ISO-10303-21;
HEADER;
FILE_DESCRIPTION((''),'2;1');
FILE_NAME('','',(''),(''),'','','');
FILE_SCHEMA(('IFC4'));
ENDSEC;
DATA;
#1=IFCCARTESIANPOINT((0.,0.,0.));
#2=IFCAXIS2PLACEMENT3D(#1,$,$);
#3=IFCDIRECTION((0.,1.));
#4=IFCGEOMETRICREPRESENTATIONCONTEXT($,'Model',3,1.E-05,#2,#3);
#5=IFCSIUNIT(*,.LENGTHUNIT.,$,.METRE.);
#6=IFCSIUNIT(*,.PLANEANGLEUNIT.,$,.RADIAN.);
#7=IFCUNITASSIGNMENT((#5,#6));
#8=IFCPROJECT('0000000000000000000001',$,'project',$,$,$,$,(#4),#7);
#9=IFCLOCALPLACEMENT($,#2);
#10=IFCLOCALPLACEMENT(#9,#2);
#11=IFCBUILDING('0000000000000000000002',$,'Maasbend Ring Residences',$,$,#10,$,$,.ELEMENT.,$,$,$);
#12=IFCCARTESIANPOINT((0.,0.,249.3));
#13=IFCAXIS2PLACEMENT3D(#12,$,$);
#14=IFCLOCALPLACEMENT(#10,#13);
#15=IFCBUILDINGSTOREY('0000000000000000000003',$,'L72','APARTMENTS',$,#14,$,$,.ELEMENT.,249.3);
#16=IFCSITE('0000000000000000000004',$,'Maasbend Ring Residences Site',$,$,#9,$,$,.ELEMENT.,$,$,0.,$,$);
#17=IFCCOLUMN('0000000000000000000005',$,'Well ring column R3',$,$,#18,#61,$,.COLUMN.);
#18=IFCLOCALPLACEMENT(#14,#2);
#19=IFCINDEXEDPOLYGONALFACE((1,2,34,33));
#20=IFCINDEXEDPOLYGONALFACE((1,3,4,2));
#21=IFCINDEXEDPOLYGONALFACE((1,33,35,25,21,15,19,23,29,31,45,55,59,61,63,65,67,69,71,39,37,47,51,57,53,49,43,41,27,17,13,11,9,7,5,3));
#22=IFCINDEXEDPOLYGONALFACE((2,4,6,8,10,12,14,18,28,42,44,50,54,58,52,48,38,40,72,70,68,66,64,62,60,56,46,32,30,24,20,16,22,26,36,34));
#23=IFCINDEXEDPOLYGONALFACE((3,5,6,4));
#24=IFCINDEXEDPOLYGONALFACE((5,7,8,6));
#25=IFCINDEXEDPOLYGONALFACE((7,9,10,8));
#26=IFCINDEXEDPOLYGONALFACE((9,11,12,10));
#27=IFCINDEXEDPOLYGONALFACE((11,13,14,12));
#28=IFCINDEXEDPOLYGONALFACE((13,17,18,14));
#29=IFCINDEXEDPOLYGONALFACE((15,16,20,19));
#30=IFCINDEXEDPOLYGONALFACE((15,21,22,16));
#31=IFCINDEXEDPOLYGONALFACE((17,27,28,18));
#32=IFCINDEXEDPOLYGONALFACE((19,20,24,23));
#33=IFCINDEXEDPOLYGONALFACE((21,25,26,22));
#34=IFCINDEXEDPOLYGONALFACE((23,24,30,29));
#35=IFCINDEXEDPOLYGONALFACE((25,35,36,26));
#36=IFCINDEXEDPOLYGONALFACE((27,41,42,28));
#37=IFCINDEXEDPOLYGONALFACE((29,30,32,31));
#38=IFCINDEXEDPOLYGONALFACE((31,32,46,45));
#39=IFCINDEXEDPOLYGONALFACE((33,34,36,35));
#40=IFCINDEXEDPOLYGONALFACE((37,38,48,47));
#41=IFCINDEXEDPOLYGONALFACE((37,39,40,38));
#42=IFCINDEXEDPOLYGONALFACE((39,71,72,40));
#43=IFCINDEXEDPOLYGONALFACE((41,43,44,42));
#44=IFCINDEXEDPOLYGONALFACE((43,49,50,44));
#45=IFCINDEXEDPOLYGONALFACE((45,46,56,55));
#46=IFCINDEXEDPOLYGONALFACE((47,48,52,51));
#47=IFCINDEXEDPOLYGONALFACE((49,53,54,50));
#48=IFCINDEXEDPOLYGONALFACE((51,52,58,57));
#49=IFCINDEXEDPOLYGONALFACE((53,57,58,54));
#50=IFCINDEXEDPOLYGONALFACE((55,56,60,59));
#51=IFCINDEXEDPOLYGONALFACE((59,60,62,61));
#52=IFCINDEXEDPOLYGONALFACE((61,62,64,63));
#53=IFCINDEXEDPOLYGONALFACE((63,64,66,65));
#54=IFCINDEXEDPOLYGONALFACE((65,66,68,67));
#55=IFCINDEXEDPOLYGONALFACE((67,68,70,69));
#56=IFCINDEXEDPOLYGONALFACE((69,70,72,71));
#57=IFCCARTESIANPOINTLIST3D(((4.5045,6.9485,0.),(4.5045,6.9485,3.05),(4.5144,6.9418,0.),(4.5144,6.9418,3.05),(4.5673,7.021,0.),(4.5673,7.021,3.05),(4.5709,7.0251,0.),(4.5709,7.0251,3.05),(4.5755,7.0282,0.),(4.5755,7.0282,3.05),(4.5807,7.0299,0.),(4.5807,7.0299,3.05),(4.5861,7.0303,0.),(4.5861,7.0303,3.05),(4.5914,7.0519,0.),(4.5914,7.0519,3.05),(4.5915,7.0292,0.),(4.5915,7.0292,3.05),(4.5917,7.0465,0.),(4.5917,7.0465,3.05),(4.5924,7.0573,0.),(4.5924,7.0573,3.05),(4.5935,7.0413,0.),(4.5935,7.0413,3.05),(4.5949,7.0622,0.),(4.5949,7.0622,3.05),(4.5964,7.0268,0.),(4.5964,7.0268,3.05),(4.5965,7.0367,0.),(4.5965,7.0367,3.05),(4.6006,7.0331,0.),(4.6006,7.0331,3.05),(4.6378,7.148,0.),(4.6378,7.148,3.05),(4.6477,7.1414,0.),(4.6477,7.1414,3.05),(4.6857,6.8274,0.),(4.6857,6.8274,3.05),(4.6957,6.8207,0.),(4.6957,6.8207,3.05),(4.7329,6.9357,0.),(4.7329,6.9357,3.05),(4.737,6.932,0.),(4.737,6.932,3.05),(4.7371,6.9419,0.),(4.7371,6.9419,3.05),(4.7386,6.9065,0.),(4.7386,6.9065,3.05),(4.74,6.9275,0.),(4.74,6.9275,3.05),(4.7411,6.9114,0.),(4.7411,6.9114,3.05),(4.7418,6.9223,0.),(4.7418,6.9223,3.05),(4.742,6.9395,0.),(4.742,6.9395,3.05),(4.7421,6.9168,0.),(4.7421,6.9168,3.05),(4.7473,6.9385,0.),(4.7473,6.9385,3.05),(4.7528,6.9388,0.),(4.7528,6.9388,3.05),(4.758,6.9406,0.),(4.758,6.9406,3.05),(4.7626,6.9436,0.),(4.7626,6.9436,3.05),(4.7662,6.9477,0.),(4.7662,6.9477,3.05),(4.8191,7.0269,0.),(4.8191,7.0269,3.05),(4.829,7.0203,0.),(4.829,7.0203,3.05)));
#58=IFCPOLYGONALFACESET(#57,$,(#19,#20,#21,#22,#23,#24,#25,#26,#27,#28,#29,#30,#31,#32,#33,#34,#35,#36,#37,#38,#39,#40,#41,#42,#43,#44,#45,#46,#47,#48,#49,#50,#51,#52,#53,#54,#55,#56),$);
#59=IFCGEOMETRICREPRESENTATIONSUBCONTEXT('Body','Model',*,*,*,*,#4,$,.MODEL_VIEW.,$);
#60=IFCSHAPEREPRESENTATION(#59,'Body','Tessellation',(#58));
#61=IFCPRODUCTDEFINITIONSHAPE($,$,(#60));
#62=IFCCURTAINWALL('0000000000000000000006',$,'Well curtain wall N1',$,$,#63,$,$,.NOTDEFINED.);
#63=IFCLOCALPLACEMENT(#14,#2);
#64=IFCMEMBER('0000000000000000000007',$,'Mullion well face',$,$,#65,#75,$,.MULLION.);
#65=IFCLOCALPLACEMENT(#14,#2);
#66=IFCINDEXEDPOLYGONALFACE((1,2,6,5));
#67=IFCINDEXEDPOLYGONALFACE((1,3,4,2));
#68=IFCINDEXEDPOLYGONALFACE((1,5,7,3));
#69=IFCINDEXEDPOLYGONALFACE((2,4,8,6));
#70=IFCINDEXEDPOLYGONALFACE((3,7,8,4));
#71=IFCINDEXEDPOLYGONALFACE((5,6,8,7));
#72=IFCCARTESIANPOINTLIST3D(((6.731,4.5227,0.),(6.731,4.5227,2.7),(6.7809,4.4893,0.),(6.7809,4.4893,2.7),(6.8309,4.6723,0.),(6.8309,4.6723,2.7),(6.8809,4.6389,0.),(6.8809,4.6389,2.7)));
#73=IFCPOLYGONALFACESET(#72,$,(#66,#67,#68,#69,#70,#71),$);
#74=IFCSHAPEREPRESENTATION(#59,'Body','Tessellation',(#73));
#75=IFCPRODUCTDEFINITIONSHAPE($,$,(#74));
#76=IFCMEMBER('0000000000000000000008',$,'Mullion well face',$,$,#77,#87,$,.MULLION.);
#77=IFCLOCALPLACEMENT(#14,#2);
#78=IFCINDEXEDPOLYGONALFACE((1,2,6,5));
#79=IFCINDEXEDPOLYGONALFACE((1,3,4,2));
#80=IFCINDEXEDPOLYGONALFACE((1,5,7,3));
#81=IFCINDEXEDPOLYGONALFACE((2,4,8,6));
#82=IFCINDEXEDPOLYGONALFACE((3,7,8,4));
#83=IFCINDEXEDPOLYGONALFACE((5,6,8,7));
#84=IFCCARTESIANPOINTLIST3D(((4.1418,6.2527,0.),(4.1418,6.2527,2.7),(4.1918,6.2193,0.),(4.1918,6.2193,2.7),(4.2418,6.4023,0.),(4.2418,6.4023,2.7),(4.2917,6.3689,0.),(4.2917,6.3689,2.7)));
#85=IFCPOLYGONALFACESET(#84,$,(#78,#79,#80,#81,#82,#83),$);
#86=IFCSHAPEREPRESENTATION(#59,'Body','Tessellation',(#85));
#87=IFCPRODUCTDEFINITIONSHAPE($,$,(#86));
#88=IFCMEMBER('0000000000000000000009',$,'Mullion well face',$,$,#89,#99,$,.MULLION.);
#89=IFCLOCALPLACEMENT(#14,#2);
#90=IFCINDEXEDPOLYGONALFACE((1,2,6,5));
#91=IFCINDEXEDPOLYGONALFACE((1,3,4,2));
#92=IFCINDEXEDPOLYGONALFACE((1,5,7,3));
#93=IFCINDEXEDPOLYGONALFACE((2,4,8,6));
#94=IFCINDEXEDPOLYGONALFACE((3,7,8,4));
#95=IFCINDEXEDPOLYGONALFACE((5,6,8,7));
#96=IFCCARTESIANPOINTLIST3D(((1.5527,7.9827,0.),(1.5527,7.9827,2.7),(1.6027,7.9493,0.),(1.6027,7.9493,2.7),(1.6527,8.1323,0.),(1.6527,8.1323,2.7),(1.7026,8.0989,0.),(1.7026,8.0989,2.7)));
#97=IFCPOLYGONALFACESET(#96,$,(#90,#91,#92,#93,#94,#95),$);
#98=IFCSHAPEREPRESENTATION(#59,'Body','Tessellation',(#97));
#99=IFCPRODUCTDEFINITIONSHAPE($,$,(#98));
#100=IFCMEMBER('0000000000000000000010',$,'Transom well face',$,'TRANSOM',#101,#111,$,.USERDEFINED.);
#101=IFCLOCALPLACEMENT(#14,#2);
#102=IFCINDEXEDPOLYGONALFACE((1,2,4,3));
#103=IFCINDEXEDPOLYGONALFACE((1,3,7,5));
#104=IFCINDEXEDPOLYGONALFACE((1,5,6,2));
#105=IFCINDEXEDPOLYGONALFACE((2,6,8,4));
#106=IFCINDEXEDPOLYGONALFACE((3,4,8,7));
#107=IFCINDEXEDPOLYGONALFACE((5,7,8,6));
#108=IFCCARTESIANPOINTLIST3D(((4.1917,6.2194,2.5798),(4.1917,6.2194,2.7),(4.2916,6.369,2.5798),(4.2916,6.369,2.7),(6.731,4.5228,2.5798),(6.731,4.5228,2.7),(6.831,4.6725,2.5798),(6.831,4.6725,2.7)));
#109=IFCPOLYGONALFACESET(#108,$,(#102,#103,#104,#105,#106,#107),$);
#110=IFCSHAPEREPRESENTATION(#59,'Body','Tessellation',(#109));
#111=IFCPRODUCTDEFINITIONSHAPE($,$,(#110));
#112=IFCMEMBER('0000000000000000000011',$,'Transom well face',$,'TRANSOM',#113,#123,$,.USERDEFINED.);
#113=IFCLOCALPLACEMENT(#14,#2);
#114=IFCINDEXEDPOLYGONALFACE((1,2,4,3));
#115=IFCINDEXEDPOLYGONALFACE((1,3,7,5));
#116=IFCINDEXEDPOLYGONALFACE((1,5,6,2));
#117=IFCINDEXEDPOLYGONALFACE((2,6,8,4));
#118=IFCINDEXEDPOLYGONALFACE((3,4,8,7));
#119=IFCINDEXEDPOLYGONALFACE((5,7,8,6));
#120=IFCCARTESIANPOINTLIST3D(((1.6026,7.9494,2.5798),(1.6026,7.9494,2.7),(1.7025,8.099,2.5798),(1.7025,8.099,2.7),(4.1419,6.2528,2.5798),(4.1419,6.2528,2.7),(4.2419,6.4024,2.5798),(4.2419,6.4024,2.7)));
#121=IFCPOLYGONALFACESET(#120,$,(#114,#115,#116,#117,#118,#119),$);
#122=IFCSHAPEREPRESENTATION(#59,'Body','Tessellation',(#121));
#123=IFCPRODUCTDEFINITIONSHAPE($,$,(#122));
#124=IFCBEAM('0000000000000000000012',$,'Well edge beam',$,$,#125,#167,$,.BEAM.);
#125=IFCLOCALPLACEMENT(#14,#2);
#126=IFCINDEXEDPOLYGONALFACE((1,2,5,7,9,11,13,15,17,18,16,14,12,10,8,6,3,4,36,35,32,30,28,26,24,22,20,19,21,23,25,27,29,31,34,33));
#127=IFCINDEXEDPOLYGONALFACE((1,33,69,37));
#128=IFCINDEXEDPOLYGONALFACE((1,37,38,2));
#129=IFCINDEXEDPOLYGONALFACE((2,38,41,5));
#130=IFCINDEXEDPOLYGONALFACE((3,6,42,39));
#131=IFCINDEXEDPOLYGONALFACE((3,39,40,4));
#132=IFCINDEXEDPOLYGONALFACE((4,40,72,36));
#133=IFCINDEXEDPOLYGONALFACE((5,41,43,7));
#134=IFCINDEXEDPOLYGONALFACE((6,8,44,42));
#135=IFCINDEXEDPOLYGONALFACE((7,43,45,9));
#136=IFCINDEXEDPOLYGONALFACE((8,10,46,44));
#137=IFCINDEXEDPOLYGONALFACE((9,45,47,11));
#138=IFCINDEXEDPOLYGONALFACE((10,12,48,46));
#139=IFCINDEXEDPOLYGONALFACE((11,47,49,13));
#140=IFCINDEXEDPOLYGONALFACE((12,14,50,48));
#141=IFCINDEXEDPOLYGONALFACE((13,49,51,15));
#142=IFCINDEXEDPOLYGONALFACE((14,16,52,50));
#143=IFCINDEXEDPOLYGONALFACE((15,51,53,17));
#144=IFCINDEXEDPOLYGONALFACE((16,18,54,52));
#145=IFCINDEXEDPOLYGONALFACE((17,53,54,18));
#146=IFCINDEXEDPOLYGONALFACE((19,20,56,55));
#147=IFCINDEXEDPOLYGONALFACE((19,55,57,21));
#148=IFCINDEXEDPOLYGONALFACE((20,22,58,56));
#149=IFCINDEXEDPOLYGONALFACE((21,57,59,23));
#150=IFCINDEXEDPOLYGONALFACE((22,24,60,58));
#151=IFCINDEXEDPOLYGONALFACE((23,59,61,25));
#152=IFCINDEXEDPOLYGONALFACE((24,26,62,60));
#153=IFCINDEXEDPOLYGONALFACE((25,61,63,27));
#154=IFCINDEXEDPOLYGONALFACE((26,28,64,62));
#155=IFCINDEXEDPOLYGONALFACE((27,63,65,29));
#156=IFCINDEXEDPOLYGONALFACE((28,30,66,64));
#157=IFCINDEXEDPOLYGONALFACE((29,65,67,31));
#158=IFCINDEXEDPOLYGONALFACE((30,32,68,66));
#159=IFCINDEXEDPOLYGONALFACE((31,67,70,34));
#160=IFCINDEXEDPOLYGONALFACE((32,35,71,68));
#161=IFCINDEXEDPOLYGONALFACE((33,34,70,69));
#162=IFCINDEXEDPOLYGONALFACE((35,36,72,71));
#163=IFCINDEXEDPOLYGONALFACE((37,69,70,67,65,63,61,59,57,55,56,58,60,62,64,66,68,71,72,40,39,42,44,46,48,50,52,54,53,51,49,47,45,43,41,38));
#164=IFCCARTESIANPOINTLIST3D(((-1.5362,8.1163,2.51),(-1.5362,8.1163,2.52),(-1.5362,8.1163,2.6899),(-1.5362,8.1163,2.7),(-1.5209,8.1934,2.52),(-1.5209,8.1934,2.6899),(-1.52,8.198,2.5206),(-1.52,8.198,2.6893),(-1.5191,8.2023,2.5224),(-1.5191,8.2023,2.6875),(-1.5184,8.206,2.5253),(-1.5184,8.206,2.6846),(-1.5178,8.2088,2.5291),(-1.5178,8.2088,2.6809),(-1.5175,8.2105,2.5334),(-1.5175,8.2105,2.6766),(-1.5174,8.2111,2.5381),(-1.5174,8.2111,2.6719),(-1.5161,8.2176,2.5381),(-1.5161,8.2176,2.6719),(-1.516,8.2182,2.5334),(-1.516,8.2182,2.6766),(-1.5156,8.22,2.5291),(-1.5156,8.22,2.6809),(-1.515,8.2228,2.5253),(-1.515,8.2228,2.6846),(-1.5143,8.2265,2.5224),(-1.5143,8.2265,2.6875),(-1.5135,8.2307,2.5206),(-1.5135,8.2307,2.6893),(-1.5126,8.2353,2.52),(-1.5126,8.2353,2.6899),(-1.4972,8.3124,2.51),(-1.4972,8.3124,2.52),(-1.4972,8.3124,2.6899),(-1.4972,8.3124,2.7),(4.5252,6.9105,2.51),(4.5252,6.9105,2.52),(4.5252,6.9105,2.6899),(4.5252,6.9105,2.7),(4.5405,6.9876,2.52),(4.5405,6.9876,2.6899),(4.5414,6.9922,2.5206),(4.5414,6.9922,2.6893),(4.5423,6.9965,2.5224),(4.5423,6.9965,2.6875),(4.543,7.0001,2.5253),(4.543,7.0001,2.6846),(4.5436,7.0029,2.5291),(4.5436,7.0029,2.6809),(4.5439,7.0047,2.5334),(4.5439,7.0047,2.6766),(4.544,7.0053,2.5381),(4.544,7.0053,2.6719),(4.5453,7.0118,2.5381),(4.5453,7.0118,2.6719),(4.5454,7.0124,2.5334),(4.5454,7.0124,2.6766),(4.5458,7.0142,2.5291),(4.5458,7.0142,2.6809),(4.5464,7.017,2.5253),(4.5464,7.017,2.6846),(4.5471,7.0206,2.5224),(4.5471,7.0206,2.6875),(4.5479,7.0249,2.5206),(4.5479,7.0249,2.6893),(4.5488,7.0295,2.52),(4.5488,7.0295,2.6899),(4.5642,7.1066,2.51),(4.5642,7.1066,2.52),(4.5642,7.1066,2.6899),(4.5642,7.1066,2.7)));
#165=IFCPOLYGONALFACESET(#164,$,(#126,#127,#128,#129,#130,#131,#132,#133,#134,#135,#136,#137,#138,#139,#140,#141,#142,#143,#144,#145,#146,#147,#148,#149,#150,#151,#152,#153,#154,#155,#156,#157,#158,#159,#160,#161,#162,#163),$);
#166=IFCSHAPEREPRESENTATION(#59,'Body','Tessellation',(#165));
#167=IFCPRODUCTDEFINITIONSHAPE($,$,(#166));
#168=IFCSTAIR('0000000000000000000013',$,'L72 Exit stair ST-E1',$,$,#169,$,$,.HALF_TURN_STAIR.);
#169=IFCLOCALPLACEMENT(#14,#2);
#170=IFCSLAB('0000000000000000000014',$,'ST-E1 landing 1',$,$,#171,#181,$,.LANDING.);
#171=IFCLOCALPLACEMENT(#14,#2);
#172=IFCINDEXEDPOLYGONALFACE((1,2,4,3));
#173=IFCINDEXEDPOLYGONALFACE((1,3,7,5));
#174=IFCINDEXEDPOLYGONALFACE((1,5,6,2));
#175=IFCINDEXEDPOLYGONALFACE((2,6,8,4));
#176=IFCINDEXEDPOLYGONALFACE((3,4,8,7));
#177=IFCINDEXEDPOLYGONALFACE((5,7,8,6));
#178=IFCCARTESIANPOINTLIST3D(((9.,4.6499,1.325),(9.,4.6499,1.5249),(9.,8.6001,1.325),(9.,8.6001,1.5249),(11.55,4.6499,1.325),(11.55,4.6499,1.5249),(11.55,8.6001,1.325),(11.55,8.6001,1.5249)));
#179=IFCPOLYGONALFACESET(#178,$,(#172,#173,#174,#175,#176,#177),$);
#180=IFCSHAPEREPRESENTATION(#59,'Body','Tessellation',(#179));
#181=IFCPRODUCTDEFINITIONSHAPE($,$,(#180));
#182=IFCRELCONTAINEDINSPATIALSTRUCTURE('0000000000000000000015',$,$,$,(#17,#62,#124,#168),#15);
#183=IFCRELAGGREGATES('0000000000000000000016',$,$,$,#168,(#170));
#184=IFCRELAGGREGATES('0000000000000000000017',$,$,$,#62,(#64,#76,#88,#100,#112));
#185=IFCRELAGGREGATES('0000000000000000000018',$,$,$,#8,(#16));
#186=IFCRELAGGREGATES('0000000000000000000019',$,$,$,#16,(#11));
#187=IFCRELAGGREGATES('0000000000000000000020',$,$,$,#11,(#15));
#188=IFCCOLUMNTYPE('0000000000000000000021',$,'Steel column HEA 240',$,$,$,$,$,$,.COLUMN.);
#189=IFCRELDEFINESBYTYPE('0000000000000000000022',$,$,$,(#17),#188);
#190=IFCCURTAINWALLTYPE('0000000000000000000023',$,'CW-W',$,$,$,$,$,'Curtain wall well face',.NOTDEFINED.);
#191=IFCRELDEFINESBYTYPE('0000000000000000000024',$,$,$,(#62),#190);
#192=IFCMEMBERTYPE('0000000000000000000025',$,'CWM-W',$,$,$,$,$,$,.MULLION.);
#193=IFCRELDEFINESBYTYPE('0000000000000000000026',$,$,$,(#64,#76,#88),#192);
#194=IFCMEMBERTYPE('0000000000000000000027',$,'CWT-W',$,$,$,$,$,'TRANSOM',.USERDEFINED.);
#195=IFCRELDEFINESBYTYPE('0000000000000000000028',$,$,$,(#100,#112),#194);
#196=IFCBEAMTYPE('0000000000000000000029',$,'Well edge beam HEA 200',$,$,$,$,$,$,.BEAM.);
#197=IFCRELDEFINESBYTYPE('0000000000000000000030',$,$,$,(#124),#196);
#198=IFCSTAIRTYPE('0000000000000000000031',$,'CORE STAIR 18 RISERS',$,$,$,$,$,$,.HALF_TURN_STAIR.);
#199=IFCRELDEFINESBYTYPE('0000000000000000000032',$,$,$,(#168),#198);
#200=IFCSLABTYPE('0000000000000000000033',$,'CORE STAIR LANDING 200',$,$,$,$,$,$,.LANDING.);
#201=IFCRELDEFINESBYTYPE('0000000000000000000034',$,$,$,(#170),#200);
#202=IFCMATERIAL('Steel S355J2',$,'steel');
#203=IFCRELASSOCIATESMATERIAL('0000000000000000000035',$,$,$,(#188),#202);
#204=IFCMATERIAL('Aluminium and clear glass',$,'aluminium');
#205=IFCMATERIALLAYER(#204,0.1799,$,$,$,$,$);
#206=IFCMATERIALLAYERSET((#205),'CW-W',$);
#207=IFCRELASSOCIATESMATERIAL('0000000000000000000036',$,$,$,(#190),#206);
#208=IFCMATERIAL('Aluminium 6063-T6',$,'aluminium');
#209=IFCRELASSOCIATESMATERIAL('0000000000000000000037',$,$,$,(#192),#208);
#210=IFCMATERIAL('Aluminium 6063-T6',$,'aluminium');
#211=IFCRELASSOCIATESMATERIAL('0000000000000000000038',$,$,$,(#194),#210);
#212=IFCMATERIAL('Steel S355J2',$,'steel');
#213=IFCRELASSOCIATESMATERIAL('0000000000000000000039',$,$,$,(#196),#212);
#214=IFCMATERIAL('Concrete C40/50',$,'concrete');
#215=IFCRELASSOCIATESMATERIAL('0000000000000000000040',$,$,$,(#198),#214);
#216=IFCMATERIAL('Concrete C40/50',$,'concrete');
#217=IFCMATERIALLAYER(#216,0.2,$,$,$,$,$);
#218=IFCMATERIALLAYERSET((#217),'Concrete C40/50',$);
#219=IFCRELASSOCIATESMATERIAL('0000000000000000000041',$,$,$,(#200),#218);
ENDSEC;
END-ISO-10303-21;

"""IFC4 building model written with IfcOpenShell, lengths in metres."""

from ifc_helpers import new_model, si_unit, direction, frame, origin, origin_2d, place, context, subcontext, project, spatial, polyline, rectangle, i_section, outline, extrude, material, layer, layer_set, material_profile, profile_set, type_object, element, aggregate, save


model = new_model("IFC4")

# Units and contexts
model_context = context("Model", 3, precision=1e-05, world=origin(), true_north=direction((0.0, 1.0)))
body_context = subcontext(model_context, "Body", "Model", "MODEL_VIEW")
ifc_project = project(units=[si_unit("LENGTHUNIT", "METRE"), si_unit("PLANEANGLEUNIT", "RADIAN")], contexts=[model_context])

# Site, building, storey
site_placement = place(None, origin())
site = spatial("IfcSite", under=ifc_project, at=site_placement, Name="Maasbend Ring Residences Site", CompositionType="ELEMENT", RefElevation=0.0)
building_placement = place(site_placement, origin())
building = spatial("IfcBuilding", under=site, at=building_placement, Name="Maasbend Ring Residences", CompositionType="ELEMENT")
storey_placement = place(building_placement, frame((0.0, 0.0, 249.3)))
storey = spatial("IfcBuildingStorey", under=building, at=storey_placement, Name="L72", Description="APARTMENTS", CompositionType="ELEMENT", Elevation=249.3)

# Column
ifc_material_1 = material(Name="Steel S355J2", Category="steel")
ifc_material_profile_1 = material_profile(ifc_material_1, i_section(OverallWidth=0.24, OverallDepth=0.23, WebThickness=0.0076, FlangeThickness=0.012, FilletRadius=0.021, at=origin_2d()), Name="HEA 240")
ifc_profile_set_1 = profile_set([ifc_material_profile_1], Name="Steel S355J2")
column_type = type_object("IfcColumnType", Name="Steel column HEA 240", PredefinedType="COLUMN", material=ifc_profile_set_1)
column_placement = place(storey_placement, frame((4.6667, 6.9844, 0.0), z_axis=(0.0, 0.0, 1.0), x_axis=(0.55557, 0.83147, 0.0)))
element("IfcColumn", 1, at=column_placement, inside=storey, type_object=column_type, Name="Well ring column R3", PredefinedType="COLUMN", context=body_context, shape_type="SweptSolid", body=[
    extrude(i_section(OverallWidth=0.24, OverallDepth=0.23, WebThickness=0.0076, FlangeThickness=0.012, FilletRadius=0.021, at=origin_2d()), origin(), (0.0, 0.0, 1.0), 3.05),
])

# Curtain wall, members
ifc_material_2 = material(Name="Aluminium and clear glass", Category="aluminium")
ifc_layer_1 = layer(ifc_material_2, 0.1799)
ifc_layer_set_1 = layer_set([ifc_layer_1], Name="CW-W")
curtain_wall_type = type_object("IfcCurtainWallType", Name="CW-W", ElementType="Curtain wall well face", PredefinedType="NOTDEFINED", material=ifc_layer_set_1)
curtain_wall_1_placement = place(storey_placement, origin())
curtain_wall_1 = element("IfcCurtainWall", 2, at=curtain_wall_1_placement, inside=storey, type_object=curtain_wall_type, Name="Well curtain wall N1", PredefinedType="NOTDEFINED")
ifc_material_3 = material(Name="Aluminium 6063-T6", Category="aluminium")
ifc_material_profile_2 = material_profile(ifc_material_3, rectangle(XDim=0.1799, YDim=0.0601, at=origin_2d()), Name="AL 180x60")
ifc_profile_set_2 = profile_set([ifc_material_profile_2], Name="Aluminium 6063-T6")
member_type_1 = type_object("IfcMemberType", Name="CWM-W", PredefinedType="MULLION", material=ifc_profile_set_2)
member_1_placement = place(storey_placement, frame((6.8059, 4.5808, 0.0), z_axis=(0.0, 0.0, 1.0), x_axis=(-0.55557, -0.83147, 0.0)))
member_1 = element("IfcMember", 3, at=member_1_placement, type_object=member_type_1, Name="Mullion well face", PredefinedType="MULLION", context=body_context, shape_type="SweptSolid", body=[
    extrude(rectangle(XDim=0.1799, YDim=0.0601, at=origin_2d()), origin(), (0.0, 0.0, 1.0), 2.7),
])
member_2_placement = place(storey_placement, frame((4.2168, 6.3108, 0.0), z_axis=(0.0, 0.0, 1.0), x_axis=(-0.55557, -0.83147, 0.0)))
member_2 = element("IfcMember", 4, at=member_2_placement, type_object=member_type_1, Name="Mullion well face", PredefinedType="MULLION", context=body_context, shape_type="SweptSolid", body=[
    extrude(rectangle(XDim=0.1799, YDim=0.0601, at=origin_2d()), origin(), (0.0, 0.0, 1.0), 2.7),
])
member_3_placement = place(storey_placement, frame((1.6277, 8.0408, 0.0), z_axis=(0.0, 0.0, 1.0), x_axis=(-0.55557, -0.83147, 0.0)))
member_3 = element("IfcMember", 5, at=member_3_placement, type_object=member_type_1, Name="Mullion well face", PredefinedType="MULLION", context=body_context, shape_type="SweptSolid", body=[
    extrude(rectangle(XDim=0.1799, YDim=0.0601, at=origin_2d()), origin(), (0.0, 0.0, 1.0), 2.7),
])
ifc_material_4 = material(Name="Aluminium 6063-T6", Category="aluminium")
ifc_material_profile_3 = material_profile(ifc_material_4, rectangle(XDim=0.1799, YDim=0.1201, at=origin_2d()), Name="AL 180x120")
ifc_profile_set_3 = profile_set([ifc_material_profile_3], Name="Aluminium 6063-T6")
member_type_2 = type_object("IfcMemberType", Name="CWT-W", ElementType="TRANSOM", PredefinedType="USERDEFINED", material=ifc_profile_set_3)
member_4_placement = place(storey_placement, frame((6.781, 4.5977, 2.6399), z_axis=(-0.831496, 0.55553, 0.0), x_axis=(-0.55553, -0.831496, 0.0)))
member_4 = element("IfcMember", 6, at=member_4_placement, type_object=member_type_2, Name="Transom well face", ObjectType="TRANSOM", PredefinedType="USERDEFINED", context=body_context, shape_type="SweptSolid", body=[
    extrude(rectangle(XDim=0.1799, YDim=0.1201, at=origin_2d()), origin(), (0.0, 0.0, 1.0), 3.054),
])
member_5_placement = place(storey_placement, frame((4.1919, 6.3276, 2.6399), z_axis=(-0.831496, 0.55553, 0.0), x_axis=(-0.55553, -0.831496, 0.0)))
member_5 = element("IfcMember", 7, at=member_5_placement, type_object=member_type_2, Name="Transom well face", ObjectType="TRANSOM", PredefinedType="USERDEFINED", context=body_context, shape_type="SweptSolid", body=[
    extrude(rectangle(XDim=0.1799, YDim=0.1201, at=origin_2d()), origin(), (0.0, 0.0, 1.0), 3.054),
])

# Beam
ifc_material_5 = material(Name="Steel S355J2", Category="steel")
ifc_material_profile_4 = material_profile(ifc_material_5, i_section(OverallWidth=0.2, OverallDepth=0.1899, WebThickness=0.0066, FlangeThickness=0.01, FilletRadius=0.0181, at=origin_2d()), Name="HEA 200")
ifc_profile_set_4 = profile_set([ifc_material_profile_4], Name="Steel S355J2")
beam_type = type_object("IfcBeamType", Name="Well edge beam HEA 200", PredefinedType="BEAM", material=ifc_profile_set_4)
beam_placement = place(storey_placement, frame((4.5447, 7.0085, 2.605), z_axis=(-0.980781, 0.195113, 0.0), x_axis=(-0.195113, -0.980781, 0.0)))
element("IfcBeam", 8, at=beam_placement, inside=storey, type_object=beam_type, Name="Well edge beam", PredefinedType="BEAM", context=body_context, shape_type="SweptSolid", body=[
    extrude(i_section(OverallWidth=0.2, OverallDepth=0.1899, WebThickness=0.0066, FlangeThickness=0.01, FilletRadius=0.0181, at=origin_2d()), origin(), (0.0, 0.0, 1.0), 6.1802),
])

# Stair, slab
ifc_material_6 = material(Name="Concrete C40/50", Category="concrete")
stair_type = type_object("IfcStairType", Name="CORE STAIR 18 RISERS", PredefinedType="HALF_TURN_STAIR", material=ifc_material_6)
stair_1_placement = place(storey_placement, origin())
stair_1 = element("IfcStair", 9, at=stair_1_placement, inside=storey, type_object=stair_type, Name="L72 Exit stair ST-E1", PredefinedType="HALF_TURN_STAIR")
ifc_material_7 = material(Name="Concrete C40/50", Category="concrete")
ifc_layer_2 = layer(ifc_material_7, 0.2)
ifc_layer_set_2 = layer_set([ifc_layer_2], Name="Concrete C40/50")
slab_type = type_object("IfcSlabType", Name="CORE STAIR LANDING 200", PredefinedType="LANDING", material=ifc_layer_set_2)
slab_1_placement = place(storey_placement, frame((0.0, 0.0, 1.325)))
slab_1 = element("IfcSlab", 10, at=slab_1_placement, type_object=slab_type, Name="ST-E1 landing 1", PredefinedType="LANDING", context=body_context, shape_type="SweptSolid", body=[
    extrude(outline(polyline([(11.55, 8.6001), (9.0, 8.6001), (9.0, 4.6499), (11.55, 4.6499), (11.55, 8.6001)])), origin(), (0.0, 0.0, 1.0), 0.2),
])
aggregate(stair_1, [slab_1])

aggregate(curtain_wall_1, [member_1, member_2, member_3, member_4, member_5])

save(model, "model.ifc")
